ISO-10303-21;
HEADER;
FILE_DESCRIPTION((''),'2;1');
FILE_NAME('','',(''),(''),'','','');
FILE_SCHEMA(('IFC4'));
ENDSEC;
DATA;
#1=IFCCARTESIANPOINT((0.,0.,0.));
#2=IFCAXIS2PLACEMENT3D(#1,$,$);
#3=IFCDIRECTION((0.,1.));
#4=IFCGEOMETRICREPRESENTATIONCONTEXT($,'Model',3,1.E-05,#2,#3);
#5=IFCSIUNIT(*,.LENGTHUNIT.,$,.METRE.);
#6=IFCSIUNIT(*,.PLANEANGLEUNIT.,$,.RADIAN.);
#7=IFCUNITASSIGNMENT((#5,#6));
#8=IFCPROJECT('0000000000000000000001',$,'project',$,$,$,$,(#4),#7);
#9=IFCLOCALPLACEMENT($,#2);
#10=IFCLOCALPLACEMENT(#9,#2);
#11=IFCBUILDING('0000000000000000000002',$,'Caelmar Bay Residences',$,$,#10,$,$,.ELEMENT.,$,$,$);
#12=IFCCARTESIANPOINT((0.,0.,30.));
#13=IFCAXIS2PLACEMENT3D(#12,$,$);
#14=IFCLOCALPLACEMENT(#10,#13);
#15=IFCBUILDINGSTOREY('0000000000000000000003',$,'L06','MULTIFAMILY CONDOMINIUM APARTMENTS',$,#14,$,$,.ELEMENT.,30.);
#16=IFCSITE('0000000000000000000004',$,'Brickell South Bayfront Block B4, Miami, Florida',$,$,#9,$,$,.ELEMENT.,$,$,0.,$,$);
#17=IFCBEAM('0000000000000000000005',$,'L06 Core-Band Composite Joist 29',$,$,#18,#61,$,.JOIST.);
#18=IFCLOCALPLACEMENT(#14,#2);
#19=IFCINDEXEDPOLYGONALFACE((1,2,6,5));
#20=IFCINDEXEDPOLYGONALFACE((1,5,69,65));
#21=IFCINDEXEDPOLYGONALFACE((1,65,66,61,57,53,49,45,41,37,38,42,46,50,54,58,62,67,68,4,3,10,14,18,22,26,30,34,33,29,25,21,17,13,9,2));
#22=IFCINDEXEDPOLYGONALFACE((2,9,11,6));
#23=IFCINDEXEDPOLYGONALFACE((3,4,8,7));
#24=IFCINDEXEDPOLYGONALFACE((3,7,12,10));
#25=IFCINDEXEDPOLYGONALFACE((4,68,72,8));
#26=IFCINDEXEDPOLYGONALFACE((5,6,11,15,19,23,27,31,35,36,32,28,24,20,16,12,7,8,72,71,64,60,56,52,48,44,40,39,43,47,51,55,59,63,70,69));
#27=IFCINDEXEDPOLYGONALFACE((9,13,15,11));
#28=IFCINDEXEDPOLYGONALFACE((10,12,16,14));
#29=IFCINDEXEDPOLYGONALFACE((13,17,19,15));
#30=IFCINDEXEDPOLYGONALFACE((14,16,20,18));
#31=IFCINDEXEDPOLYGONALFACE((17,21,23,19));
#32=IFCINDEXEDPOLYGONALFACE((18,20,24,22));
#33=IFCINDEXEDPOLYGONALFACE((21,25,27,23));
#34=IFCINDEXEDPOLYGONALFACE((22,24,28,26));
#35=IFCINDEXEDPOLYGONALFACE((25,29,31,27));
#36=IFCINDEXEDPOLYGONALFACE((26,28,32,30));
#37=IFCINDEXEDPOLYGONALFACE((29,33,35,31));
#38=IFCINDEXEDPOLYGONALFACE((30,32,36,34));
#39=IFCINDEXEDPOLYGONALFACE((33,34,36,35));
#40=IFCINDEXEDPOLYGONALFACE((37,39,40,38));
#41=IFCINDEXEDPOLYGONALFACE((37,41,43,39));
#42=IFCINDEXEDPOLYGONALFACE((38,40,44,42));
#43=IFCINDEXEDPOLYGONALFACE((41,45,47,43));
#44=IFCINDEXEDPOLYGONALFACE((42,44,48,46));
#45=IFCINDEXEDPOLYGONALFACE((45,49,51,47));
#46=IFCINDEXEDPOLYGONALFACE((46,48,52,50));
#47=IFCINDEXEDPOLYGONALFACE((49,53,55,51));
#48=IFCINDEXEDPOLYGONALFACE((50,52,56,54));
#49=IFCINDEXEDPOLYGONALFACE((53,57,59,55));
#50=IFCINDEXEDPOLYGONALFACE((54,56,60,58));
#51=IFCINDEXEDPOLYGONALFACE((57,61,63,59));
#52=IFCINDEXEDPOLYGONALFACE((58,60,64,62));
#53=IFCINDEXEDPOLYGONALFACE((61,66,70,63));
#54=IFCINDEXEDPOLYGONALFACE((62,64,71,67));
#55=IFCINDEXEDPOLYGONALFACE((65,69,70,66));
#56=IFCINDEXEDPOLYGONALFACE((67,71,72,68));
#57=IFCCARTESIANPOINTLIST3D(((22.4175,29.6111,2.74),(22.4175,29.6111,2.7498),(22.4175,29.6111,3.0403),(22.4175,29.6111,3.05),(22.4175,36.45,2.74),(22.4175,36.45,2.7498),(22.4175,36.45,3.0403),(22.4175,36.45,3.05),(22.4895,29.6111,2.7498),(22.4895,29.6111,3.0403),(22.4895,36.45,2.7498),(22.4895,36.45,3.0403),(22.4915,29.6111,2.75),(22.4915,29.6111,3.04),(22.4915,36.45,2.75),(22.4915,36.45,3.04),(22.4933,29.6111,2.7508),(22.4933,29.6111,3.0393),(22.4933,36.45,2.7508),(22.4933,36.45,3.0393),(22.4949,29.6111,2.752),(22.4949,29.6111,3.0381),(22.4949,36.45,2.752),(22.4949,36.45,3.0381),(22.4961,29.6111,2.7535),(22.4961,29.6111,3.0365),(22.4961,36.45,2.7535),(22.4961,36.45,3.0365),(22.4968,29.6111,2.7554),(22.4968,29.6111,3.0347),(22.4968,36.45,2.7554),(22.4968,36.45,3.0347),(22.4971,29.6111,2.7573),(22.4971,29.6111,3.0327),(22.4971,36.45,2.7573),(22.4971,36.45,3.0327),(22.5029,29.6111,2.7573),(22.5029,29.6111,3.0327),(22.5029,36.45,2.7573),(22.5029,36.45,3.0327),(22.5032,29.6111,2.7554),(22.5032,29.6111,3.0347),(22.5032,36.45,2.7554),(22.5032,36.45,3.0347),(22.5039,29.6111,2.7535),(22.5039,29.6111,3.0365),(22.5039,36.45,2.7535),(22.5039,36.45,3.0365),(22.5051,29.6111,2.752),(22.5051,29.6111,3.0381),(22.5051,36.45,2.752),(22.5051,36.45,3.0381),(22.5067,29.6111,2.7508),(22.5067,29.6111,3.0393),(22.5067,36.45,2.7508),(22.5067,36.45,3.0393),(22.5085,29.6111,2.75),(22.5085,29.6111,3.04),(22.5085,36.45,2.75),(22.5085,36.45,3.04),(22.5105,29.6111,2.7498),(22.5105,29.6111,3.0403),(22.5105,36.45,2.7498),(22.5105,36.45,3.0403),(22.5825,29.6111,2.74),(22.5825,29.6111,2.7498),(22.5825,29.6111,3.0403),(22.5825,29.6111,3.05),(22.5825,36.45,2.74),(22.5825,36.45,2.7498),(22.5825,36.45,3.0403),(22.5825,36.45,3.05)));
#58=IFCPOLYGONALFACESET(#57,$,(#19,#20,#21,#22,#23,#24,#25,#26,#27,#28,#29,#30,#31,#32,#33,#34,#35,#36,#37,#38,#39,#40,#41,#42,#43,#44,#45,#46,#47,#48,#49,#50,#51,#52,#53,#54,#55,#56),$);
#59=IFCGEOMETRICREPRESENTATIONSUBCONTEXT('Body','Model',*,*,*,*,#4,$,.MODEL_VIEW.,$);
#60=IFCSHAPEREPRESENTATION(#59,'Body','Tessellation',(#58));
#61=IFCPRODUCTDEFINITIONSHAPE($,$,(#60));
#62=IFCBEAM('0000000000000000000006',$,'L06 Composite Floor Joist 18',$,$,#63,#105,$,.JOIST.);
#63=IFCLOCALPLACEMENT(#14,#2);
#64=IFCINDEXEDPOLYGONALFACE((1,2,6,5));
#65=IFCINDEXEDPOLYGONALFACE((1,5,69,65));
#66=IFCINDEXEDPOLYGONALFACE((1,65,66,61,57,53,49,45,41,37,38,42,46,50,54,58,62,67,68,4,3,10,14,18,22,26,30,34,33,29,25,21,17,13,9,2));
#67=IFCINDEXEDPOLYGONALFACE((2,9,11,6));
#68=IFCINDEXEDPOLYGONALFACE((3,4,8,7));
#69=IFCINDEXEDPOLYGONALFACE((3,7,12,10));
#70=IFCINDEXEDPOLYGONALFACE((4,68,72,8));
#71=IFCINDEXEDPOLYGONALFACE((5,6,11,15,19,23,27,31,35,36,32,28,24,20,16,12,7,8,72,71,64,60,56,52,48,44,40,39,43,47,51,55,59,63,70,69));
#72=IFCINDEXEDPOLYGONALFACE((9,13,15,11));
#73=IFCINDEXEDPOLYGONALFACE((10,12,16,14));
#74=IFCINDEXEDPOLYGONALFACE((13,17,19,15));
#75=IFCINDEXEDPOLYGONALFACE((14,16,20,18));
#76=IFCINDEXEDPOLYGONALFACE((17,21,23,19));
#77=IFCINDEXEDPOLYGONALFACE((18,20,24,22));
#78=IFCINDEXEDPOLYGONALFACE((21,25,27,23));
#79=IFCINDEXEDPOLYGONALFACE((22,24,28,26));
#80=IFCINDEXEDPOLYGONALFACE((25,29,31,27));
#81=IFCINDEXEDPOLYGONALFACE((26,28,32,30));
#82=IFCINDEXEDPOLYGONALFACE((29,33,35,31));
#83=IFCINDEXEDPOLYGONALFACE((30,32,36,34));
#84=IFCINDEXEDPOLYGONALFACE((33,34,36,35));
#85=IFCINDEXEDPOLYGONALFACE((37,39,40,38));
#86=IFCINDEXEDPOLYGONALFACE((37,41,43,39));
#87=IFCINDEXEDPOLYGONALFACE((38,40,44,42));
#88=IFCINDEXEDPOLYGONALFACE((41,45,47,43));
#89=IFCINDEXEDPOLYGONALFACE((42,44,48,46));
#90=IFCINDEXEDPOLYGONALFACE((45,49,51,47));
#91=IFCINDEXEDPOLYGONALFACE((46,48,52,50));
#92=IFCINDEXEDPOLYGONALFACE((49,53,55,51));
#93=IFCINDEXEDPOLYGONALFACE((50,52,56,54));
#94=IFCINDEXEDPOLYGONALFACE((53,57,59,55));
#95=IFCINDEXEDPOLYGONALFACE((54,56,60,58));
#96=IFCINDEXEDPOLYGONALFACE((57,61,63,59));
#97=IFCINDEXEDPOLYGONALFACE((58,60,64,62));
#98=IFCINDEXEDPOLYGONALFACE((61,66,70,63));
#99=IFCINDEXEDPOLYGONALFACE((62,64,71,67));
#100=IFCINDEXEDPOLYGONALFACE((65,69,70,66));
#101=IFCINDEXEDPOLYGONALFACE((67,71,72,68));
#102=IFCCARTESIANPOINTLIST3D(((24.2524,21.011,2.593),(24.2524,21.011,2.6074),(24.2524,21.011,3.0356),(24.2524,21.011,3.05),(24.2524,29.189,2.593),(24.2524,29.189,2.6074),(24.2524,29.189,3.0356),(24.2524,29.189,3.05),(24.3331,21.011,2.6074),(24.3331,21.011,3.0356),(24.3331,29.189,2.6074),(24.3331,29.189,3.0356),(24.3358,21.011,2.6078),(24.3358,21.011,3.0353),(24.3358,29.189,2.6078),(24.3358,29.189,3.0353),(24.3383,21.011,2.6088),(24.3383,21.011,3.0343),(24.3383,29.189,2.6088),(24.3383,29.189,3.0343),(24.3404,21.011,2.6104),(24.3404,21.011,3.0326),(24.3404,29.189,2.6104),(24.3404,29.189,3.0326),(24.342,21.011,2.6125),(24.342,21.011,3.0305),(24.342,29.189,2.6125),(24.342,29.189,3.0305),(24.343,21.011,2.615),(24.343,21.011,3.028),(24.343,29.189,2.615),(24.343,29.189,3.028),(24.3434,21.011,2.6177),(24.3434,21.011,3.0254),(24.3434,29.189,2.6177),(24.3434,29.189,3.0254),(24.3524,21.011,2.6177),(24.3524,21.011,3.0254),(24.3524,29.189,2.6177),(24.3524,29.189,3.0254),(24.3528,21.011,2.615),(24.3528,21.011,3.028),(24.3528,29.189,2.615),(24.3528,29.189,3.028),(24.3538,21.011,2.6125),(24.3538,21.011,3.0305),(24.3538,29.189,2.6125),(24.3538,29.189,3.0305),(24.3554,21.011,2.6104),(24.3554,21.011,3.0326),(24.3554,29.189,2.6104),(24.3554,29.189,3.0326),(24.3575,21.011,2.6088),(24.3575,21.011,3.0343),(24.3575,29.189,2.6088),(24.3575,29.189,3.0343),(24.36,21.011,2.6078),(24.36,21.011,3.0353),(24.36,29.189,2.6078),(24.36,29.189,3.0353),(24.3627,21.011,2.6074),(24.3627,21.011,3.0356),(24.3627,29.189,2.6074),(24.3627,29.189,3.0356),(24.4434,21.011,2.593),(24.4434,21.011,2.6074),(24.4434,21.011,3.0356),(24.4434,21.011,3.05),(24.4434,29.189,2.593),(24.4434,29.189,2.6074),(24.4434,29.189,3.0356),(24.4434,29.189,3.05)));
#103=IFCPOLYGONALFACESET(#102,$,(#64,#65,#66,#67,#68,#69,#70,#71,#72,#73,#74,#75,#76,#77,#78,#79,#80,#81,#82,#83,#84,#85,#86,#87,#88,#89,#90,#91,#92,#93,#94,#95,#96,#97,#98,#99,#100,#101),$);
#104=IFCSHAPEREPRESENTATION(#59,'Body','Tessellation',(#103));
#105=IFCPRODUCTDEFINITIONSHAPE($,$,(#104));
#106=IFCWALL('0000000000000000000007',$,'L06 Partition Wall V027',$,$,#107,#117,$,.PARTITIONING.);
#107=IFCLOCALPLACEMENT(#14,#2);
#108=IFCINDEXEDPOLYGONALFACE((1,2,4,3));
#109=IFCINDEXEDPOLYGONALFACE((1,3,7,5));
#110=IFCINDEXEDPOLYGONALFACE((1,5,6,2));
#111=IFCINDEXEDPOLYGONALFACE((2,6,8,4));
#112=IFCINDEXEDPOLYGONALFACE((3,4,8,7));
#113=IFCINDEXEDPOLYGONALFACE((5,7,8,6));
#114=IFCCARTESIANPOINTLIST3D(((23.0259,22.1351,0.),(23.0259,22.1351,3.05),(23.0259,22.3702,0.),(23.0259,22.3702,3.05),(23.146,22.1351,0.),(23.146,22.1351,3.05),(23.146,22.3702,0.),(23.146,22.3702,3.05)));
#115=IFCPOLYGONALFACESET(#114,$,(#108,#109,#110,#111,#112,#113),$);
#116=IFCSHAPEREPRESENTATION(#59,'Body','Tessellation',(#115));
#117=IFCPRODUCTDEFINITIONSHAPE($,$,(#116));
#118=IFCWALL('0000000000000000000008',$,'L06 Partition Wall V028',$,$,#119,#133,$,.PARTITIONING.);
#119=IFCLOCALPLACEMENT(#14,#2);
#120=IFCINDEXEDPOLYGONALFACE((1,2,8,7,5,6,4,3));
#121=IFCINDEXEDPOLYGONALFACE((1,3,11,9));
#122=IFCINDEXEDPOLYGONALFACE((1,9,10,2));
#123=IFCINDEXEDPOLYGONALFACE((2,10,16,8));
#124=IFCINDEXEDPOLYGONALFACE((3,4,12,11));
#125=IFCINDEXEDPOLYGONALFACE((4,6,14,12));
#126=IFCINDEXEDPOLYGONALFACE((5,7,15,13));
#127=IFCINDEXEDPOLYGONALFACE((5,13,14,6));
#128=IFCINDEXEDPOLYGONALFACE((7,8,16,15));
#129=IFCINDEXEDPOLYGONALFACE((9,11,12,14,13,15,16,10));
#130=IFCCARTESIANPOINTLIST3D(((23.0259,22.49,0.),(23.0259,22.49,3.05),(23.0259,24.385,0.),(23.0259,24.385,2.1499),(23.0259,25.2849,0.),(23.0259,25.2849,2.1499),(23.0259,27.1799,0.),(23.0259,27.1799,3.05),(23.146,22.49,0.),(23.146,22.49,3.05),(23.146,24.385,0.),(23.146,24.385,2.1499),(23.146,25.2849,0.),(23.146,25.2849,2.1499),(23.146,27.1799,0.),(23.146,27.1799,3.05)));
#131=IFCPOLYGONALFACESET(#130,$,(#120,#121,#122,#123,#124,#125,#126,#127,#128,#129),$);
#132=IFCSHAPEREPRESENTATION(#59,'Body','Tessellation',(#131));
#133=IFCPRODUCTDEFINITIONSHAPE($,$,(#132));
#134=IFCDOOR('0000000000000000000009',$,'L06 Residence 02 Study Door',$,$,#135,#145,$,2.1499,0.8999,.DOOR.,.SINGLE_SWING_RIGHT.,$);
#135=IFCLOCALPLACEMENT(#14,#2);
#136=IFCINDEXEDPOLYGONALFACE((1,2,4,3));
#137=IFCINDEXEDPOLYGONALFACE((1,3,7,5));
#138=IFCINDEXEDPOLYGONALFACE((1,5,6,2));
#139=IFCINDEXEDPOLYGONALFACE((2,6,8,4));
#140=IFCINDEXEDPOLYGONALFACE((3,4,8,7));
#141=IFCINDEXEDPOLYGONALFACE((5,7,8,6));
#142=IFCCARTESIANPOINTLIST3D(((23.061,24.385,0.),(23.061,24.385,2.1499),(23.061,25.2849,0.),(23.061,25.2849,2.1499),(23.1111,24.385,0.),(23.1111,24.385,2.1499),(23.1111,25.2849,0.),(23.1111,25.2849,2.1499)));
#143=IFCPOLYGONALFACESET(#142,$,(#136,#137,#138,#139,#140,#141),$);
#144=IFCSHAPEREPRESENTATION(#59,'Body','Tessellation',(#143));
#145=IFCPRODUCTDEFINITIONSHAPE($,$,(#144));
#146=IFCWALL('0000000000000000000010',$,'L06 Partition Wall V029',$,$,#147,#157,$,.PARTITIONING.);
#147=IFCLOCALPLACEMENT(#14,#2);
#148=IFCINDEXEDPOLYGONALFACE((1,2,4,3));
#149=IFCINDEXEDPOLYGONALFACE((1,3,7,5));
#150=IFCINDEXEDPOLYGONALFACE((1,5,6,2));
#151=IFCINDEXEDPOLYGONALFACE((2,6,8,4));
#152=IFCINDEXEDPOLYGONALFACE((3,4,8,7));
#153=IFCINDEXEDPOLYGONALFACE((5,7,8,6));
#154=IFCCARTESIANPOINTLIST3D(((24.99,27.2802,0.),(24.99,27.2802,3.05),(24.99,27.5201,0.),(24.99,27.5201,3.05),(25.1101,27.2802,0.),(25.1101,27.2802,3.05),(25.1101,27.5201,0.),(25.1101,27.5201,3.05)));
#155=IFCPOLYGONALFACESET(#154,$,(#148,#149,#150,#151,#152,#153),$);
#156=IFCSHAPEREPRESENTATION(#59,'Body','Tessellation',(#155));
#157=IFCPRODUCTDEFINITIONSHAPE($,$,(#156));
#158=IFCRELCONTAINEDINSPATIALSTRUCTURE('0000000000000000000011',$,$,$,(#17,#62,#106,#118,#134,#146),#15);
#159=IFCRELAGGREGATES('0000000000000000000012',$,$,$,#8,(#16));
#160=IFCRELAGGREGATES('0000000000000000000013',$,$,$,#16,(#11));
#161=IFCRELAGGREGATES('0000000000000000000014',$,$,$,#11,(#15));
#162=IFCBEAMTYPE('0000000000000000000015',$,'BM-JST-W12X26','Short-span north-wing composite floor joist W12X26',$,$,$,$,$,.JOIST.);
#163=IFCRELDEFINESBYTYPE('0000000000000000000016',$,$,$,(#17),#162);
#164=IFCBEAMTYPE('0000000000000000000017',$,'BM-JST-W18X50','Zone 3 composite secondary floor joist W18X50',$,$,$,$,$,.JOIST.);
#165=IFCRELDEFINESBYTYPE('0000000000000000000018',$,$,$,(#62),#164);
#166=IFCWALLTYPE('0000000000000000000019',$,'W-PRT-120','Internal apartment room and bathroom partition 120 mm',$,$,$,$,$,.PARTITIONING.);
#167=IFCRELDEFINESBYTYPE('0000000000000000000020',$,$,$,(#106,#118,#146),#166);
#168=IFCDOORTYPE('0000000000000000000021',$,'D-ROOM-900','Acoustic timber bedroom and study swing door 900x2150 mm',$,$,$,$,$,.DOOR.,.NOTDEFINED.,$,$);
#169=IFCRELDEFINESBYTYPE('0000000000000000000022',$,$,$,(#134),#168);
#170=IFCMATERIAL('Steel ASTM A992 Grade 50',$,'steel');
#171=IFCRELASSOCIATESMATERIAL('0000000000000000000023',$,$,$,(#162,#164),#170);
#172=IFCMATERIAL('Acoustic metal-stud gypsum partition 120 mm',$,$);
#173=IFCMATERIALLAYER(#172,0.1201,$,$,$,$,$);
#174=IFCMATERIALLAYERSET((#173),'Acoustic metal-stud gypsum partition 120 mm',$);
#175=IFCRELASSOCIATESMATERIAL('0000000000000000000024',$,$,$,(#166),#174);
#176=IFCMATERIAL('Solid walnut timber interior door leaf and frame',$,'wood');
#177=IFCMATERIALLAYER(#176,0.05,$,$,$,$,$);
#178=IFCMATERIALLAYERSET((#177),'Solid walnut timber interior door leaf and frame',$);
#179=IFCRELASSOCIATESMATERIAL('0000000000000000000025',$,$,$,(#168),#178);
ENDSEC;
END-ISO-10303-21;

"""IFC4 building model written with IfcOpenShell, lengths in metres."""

from ifc_helpers import new_model, si_unit, direction, frame, frame_2d, origin, origin_2d, place, context, subcontext, project, spatial, rectangle, i_section, extrude, material, layer, layer_set, material_profile, profile_set, type_object, element, fill, save


model = new_model("IFC4")

# Units and contexts
model_context = context("Model", 3, precision=1e-05, world=origin(), true_north=direction((0.0, 1.0)))
body_context = subcontext(model_context, "Body", "Model", "MODEL_VIEW")
ifc_project = project(units=[si_unit("LENGTHUNIT", "METRE"), si_unit("PLANEANGLEUNIT", "RADIAN")], contexts=[model_context])

# Site, building, storey
site_placement = place(None, origin())
site = spatial("IfcSite", under=ifc_project, at=site_placement, Name="Brickell South Bayfront Block B4, Miami, Florida", CompositionType="ELEMENT", RefElevation=0.0)
building_placement = place(site_placement, origin())
building = spatial("IfcBuilding", under=site, at=building_placement, Name="Caelmar Bay Residences", CompositionType="ELEMENT")
storey_placement = place(building_placement, frame((0.0, 0.0, 30.0)))
storey = spatial("IfcBuildingStorey", under=building, at=storey_placement, Name="L06", Description="MULTIFAMILY CONDOMINIUM APARTMENTS", CompositionType="ELEMENT", Elevation=30.0)

# Beams
ifc_material_1 = material(Name="Steel ASTM A992 Grade 50", Category="steel")
ifc_material_profile_1 = material_profile(ifc_material_1, i_section(OverallWidth=0.165, OverallDepth=0.3101, WebThickness=0.0059, FlangeThickness=0.0098, FilletRadius=0.0076, at=origin_2d()), Name="W12X26")
ifc_profile_set_1 = profile_set([ifc_material_profile_1], Name="Steel ASTM A992 Grade 50")
beam_type_1 = type_object("IfcBeamType", Name="BM-JST-W12X26", Description="Short-span north-wing composite floor joist W12X26", PredefinedType="JOIST", material=ifc_profile_set_1)
beam_1_placement = place(storey_placement, frame((22.5, 29.6111, 2.895), z_axis=(0.0, 1.0, 0.0), x_axis=(-1.0, 0.0, 0.0)))
element("IfcBeam", 1, at=beam_1_placement, inside=storey, type_object=beam_type_1, Name="L06 Core-Band Composite Joist 29", PredefinedType="JOIST", context=body_context, shape_type="SweptSolid", body=[
    extrude(i_section(OverallWidth=0.165, OverallDepth=0.3101, WebThickness=0.0059, FlangeThickness=0.0098, FilletRadius=0.0076, at=origin_2d()), origin(), (0.0, 0.0, 1.0), 6.8389),
])
ifc_material_profile_2 = material_profile(ifc_material_1, i_section(OverallWidth=0.1909, OverallDepth=0.457, WebThickness=0.009, FlangeThickness=0.0144, FilletRadius=0.0103, at=origin_2d()), Name="W18X50")
ifc_profile_set_2 = profile_set([ifc_material_profile_2], Name="Steel ASTM A992 Grade 50")
beam_type_2 = type_object("IfcBeamType", Name="BM-JST-W18X50", Description="Zone 3 composite secondary floor joist W18X50", PredefinedType="JOIST", material=ifc_profile_set_2)
beam_2_placement = place(storey_placement, frame((24.3479, 21.011, 2.8215), z_axis=(0.0, 1.0, 0.0), x_axis=(-1.0, 0.0, 0.0)))
element("IfcBeam", 2, at=beam_2_placement, inside=storey, type_object=beam_type_2, Name="L06 Composite Floor Joist 18", PredefinedType="JOIST", context=body_context, shape_type="SweptSolid", body=[
    extrude(i_section(OverallWidth=0.1909, OverallDepth=0.457, WebThickness=0.009, FlangeThickness=0.0144, FilletRadius=0.0103, at=origin_2d()), origin(), (0.0, 0.0, 1.0), 8.178),
])

# Wall
ifc_material_2 = material(Name="Acoustic metal-stud gypsum partition 120 mm")
ifc_layer_1 = layer(ifc_material_2, 0.1201)
ifc_layer_set_1 = layer_set([ifc_layer_1], Name="Acoustic metal-stud gypsum partition 120 mm")
wall_type_1 = type_object("IfcWallType", Name="W-PRT-120", Description="Internal apartment room and bathroom partition 120 mm", PredefinedType="PARTITIONING", material=ifc_layer_set_1)
wall_1_placement = place(storey_placement, frame((23.0859, 22.135, 0.0), z_axis=(0.0, 0.0, 1.0), x_axis=(0.0, 1.0, 0.0)))
element("IfcWall", 3, at=wall_1_placement, inside=storey, type_object=wall_type_1, Name="L06 Partition Wall V027", PredefinedType="PARTITIONING", context=body_context, shape_type="SweptSolid", body=[
    extrude(rectangle(XDim=0.2351, YDim=0.1201, at=frame_2d((0.1177, 0.0))), origin(), (0.0, 0.0, 1.0), 3.05),
])

# Wall, opening, door
wall_2_placement = place(storey_placement, frame((23.0859, 22.49, 0.0), z_axis=(0.0, 0.0, 1.0), x_axis=(0.0, 1.0, 0.0)))
wall_2 = element("IfcWall", 4, at=wall_2_placement, inside=storey, type_object=wall_type_1, Name="L06 Partition Wall V028", PredefinedType="PARTITIONING", context=body_context, shape_type="SweptSolid", body=[
    extrude(rectangle(XDim=4.6899, YDim=0.1201, at=frame_2d((2.345, 0.0))), origin(), (0.0, 0.0, 1.0), 3.05),
])
opening_1_placement = place(wall_2_placement, frame((1.895, 0.0, 0.0)))
opening_1 = element("IfcOpeningElement", 5, at=opening_1_placement, cuts=wall_2, PredefinedType="OPENING", context=body_context, shape_type="SweptSolid", body=[
    extrude(rectangle(XDim=0.8999, YDim=2.1499, at=frame_2d((0.45, 1.075))), frame((0.0, 0.0701, 0.0), z_axis=(0.0, -1.0, 0.0), x_axis=(1.0, 0.0, 0.0)), (0.0, 0.0, 1.0), 0.1401),
])
ifc_material_3 = material(Name="Solid walnut timber interior door leaf and frame", Category="wood")
ifc_layer_2 = layer(ifc_material_3, 0.05)
ifc_layer_set_2 = layer_set([ifc_layer_2], Name="Solid walnut timber interior door leaf and frame")
door_type = type_object("IfcDoorType", Name="D-ROOM-900", Description="Acoustic timber bedroom and study swing door 900x2150 mm", OperationType="NOTDEFINED", PredefinedType="DOOR", material=ifc_layer_set_2)
door_1_placement = place(opening_1_placement, origin())
door_1 = element("IfcDoor", 6, at=door_1_placement, inside=storey, type_object=door_type, Name="L06 Residence 02 Study Door", OperationType="SINGLE_SWING_RIGHT", OverallHeight=2.1499, OverallWidth=0.8999, PredefinedType="DOOR", context=body_context, shape_type="SweptSolid", body=[
    extrude(rectangle(XDim=0.8999, YDim=2.1499, at=frame_2d((0.45, 1.075))), frame((0.0, 0.0249, 0.0), z_axis=(0.0, -1.0, 0.0), x_axis=(1.0, 0.0, 0.0)), (0.0, 0.0, 1.0), 0.05),
])
fill(opening_1, door_1)

# Wall
wall_3_placement = place(storey_placement, frame((25.05, 27.28, 0.0), z_axis=(0.0, 0.0, 1.0), x_axis=(0.0, 1.0, 0.0)))
element("IfcWall", 7, at=wall_3_placement, inside=storey, type_object=wall_type_1, Name="L06 Partition Wall V029", PredefinedType="PARTITIONING", context=body_context, shape_type="SweptSolid", body=[
    extrude(rectangle(XDim=0.24, YDim=0.1201, at=frame_2d((0.1201, 0.0))), origin(), (0.0, 0.0, 1.0), 3.05),
])

save(model, "model.ifc")
